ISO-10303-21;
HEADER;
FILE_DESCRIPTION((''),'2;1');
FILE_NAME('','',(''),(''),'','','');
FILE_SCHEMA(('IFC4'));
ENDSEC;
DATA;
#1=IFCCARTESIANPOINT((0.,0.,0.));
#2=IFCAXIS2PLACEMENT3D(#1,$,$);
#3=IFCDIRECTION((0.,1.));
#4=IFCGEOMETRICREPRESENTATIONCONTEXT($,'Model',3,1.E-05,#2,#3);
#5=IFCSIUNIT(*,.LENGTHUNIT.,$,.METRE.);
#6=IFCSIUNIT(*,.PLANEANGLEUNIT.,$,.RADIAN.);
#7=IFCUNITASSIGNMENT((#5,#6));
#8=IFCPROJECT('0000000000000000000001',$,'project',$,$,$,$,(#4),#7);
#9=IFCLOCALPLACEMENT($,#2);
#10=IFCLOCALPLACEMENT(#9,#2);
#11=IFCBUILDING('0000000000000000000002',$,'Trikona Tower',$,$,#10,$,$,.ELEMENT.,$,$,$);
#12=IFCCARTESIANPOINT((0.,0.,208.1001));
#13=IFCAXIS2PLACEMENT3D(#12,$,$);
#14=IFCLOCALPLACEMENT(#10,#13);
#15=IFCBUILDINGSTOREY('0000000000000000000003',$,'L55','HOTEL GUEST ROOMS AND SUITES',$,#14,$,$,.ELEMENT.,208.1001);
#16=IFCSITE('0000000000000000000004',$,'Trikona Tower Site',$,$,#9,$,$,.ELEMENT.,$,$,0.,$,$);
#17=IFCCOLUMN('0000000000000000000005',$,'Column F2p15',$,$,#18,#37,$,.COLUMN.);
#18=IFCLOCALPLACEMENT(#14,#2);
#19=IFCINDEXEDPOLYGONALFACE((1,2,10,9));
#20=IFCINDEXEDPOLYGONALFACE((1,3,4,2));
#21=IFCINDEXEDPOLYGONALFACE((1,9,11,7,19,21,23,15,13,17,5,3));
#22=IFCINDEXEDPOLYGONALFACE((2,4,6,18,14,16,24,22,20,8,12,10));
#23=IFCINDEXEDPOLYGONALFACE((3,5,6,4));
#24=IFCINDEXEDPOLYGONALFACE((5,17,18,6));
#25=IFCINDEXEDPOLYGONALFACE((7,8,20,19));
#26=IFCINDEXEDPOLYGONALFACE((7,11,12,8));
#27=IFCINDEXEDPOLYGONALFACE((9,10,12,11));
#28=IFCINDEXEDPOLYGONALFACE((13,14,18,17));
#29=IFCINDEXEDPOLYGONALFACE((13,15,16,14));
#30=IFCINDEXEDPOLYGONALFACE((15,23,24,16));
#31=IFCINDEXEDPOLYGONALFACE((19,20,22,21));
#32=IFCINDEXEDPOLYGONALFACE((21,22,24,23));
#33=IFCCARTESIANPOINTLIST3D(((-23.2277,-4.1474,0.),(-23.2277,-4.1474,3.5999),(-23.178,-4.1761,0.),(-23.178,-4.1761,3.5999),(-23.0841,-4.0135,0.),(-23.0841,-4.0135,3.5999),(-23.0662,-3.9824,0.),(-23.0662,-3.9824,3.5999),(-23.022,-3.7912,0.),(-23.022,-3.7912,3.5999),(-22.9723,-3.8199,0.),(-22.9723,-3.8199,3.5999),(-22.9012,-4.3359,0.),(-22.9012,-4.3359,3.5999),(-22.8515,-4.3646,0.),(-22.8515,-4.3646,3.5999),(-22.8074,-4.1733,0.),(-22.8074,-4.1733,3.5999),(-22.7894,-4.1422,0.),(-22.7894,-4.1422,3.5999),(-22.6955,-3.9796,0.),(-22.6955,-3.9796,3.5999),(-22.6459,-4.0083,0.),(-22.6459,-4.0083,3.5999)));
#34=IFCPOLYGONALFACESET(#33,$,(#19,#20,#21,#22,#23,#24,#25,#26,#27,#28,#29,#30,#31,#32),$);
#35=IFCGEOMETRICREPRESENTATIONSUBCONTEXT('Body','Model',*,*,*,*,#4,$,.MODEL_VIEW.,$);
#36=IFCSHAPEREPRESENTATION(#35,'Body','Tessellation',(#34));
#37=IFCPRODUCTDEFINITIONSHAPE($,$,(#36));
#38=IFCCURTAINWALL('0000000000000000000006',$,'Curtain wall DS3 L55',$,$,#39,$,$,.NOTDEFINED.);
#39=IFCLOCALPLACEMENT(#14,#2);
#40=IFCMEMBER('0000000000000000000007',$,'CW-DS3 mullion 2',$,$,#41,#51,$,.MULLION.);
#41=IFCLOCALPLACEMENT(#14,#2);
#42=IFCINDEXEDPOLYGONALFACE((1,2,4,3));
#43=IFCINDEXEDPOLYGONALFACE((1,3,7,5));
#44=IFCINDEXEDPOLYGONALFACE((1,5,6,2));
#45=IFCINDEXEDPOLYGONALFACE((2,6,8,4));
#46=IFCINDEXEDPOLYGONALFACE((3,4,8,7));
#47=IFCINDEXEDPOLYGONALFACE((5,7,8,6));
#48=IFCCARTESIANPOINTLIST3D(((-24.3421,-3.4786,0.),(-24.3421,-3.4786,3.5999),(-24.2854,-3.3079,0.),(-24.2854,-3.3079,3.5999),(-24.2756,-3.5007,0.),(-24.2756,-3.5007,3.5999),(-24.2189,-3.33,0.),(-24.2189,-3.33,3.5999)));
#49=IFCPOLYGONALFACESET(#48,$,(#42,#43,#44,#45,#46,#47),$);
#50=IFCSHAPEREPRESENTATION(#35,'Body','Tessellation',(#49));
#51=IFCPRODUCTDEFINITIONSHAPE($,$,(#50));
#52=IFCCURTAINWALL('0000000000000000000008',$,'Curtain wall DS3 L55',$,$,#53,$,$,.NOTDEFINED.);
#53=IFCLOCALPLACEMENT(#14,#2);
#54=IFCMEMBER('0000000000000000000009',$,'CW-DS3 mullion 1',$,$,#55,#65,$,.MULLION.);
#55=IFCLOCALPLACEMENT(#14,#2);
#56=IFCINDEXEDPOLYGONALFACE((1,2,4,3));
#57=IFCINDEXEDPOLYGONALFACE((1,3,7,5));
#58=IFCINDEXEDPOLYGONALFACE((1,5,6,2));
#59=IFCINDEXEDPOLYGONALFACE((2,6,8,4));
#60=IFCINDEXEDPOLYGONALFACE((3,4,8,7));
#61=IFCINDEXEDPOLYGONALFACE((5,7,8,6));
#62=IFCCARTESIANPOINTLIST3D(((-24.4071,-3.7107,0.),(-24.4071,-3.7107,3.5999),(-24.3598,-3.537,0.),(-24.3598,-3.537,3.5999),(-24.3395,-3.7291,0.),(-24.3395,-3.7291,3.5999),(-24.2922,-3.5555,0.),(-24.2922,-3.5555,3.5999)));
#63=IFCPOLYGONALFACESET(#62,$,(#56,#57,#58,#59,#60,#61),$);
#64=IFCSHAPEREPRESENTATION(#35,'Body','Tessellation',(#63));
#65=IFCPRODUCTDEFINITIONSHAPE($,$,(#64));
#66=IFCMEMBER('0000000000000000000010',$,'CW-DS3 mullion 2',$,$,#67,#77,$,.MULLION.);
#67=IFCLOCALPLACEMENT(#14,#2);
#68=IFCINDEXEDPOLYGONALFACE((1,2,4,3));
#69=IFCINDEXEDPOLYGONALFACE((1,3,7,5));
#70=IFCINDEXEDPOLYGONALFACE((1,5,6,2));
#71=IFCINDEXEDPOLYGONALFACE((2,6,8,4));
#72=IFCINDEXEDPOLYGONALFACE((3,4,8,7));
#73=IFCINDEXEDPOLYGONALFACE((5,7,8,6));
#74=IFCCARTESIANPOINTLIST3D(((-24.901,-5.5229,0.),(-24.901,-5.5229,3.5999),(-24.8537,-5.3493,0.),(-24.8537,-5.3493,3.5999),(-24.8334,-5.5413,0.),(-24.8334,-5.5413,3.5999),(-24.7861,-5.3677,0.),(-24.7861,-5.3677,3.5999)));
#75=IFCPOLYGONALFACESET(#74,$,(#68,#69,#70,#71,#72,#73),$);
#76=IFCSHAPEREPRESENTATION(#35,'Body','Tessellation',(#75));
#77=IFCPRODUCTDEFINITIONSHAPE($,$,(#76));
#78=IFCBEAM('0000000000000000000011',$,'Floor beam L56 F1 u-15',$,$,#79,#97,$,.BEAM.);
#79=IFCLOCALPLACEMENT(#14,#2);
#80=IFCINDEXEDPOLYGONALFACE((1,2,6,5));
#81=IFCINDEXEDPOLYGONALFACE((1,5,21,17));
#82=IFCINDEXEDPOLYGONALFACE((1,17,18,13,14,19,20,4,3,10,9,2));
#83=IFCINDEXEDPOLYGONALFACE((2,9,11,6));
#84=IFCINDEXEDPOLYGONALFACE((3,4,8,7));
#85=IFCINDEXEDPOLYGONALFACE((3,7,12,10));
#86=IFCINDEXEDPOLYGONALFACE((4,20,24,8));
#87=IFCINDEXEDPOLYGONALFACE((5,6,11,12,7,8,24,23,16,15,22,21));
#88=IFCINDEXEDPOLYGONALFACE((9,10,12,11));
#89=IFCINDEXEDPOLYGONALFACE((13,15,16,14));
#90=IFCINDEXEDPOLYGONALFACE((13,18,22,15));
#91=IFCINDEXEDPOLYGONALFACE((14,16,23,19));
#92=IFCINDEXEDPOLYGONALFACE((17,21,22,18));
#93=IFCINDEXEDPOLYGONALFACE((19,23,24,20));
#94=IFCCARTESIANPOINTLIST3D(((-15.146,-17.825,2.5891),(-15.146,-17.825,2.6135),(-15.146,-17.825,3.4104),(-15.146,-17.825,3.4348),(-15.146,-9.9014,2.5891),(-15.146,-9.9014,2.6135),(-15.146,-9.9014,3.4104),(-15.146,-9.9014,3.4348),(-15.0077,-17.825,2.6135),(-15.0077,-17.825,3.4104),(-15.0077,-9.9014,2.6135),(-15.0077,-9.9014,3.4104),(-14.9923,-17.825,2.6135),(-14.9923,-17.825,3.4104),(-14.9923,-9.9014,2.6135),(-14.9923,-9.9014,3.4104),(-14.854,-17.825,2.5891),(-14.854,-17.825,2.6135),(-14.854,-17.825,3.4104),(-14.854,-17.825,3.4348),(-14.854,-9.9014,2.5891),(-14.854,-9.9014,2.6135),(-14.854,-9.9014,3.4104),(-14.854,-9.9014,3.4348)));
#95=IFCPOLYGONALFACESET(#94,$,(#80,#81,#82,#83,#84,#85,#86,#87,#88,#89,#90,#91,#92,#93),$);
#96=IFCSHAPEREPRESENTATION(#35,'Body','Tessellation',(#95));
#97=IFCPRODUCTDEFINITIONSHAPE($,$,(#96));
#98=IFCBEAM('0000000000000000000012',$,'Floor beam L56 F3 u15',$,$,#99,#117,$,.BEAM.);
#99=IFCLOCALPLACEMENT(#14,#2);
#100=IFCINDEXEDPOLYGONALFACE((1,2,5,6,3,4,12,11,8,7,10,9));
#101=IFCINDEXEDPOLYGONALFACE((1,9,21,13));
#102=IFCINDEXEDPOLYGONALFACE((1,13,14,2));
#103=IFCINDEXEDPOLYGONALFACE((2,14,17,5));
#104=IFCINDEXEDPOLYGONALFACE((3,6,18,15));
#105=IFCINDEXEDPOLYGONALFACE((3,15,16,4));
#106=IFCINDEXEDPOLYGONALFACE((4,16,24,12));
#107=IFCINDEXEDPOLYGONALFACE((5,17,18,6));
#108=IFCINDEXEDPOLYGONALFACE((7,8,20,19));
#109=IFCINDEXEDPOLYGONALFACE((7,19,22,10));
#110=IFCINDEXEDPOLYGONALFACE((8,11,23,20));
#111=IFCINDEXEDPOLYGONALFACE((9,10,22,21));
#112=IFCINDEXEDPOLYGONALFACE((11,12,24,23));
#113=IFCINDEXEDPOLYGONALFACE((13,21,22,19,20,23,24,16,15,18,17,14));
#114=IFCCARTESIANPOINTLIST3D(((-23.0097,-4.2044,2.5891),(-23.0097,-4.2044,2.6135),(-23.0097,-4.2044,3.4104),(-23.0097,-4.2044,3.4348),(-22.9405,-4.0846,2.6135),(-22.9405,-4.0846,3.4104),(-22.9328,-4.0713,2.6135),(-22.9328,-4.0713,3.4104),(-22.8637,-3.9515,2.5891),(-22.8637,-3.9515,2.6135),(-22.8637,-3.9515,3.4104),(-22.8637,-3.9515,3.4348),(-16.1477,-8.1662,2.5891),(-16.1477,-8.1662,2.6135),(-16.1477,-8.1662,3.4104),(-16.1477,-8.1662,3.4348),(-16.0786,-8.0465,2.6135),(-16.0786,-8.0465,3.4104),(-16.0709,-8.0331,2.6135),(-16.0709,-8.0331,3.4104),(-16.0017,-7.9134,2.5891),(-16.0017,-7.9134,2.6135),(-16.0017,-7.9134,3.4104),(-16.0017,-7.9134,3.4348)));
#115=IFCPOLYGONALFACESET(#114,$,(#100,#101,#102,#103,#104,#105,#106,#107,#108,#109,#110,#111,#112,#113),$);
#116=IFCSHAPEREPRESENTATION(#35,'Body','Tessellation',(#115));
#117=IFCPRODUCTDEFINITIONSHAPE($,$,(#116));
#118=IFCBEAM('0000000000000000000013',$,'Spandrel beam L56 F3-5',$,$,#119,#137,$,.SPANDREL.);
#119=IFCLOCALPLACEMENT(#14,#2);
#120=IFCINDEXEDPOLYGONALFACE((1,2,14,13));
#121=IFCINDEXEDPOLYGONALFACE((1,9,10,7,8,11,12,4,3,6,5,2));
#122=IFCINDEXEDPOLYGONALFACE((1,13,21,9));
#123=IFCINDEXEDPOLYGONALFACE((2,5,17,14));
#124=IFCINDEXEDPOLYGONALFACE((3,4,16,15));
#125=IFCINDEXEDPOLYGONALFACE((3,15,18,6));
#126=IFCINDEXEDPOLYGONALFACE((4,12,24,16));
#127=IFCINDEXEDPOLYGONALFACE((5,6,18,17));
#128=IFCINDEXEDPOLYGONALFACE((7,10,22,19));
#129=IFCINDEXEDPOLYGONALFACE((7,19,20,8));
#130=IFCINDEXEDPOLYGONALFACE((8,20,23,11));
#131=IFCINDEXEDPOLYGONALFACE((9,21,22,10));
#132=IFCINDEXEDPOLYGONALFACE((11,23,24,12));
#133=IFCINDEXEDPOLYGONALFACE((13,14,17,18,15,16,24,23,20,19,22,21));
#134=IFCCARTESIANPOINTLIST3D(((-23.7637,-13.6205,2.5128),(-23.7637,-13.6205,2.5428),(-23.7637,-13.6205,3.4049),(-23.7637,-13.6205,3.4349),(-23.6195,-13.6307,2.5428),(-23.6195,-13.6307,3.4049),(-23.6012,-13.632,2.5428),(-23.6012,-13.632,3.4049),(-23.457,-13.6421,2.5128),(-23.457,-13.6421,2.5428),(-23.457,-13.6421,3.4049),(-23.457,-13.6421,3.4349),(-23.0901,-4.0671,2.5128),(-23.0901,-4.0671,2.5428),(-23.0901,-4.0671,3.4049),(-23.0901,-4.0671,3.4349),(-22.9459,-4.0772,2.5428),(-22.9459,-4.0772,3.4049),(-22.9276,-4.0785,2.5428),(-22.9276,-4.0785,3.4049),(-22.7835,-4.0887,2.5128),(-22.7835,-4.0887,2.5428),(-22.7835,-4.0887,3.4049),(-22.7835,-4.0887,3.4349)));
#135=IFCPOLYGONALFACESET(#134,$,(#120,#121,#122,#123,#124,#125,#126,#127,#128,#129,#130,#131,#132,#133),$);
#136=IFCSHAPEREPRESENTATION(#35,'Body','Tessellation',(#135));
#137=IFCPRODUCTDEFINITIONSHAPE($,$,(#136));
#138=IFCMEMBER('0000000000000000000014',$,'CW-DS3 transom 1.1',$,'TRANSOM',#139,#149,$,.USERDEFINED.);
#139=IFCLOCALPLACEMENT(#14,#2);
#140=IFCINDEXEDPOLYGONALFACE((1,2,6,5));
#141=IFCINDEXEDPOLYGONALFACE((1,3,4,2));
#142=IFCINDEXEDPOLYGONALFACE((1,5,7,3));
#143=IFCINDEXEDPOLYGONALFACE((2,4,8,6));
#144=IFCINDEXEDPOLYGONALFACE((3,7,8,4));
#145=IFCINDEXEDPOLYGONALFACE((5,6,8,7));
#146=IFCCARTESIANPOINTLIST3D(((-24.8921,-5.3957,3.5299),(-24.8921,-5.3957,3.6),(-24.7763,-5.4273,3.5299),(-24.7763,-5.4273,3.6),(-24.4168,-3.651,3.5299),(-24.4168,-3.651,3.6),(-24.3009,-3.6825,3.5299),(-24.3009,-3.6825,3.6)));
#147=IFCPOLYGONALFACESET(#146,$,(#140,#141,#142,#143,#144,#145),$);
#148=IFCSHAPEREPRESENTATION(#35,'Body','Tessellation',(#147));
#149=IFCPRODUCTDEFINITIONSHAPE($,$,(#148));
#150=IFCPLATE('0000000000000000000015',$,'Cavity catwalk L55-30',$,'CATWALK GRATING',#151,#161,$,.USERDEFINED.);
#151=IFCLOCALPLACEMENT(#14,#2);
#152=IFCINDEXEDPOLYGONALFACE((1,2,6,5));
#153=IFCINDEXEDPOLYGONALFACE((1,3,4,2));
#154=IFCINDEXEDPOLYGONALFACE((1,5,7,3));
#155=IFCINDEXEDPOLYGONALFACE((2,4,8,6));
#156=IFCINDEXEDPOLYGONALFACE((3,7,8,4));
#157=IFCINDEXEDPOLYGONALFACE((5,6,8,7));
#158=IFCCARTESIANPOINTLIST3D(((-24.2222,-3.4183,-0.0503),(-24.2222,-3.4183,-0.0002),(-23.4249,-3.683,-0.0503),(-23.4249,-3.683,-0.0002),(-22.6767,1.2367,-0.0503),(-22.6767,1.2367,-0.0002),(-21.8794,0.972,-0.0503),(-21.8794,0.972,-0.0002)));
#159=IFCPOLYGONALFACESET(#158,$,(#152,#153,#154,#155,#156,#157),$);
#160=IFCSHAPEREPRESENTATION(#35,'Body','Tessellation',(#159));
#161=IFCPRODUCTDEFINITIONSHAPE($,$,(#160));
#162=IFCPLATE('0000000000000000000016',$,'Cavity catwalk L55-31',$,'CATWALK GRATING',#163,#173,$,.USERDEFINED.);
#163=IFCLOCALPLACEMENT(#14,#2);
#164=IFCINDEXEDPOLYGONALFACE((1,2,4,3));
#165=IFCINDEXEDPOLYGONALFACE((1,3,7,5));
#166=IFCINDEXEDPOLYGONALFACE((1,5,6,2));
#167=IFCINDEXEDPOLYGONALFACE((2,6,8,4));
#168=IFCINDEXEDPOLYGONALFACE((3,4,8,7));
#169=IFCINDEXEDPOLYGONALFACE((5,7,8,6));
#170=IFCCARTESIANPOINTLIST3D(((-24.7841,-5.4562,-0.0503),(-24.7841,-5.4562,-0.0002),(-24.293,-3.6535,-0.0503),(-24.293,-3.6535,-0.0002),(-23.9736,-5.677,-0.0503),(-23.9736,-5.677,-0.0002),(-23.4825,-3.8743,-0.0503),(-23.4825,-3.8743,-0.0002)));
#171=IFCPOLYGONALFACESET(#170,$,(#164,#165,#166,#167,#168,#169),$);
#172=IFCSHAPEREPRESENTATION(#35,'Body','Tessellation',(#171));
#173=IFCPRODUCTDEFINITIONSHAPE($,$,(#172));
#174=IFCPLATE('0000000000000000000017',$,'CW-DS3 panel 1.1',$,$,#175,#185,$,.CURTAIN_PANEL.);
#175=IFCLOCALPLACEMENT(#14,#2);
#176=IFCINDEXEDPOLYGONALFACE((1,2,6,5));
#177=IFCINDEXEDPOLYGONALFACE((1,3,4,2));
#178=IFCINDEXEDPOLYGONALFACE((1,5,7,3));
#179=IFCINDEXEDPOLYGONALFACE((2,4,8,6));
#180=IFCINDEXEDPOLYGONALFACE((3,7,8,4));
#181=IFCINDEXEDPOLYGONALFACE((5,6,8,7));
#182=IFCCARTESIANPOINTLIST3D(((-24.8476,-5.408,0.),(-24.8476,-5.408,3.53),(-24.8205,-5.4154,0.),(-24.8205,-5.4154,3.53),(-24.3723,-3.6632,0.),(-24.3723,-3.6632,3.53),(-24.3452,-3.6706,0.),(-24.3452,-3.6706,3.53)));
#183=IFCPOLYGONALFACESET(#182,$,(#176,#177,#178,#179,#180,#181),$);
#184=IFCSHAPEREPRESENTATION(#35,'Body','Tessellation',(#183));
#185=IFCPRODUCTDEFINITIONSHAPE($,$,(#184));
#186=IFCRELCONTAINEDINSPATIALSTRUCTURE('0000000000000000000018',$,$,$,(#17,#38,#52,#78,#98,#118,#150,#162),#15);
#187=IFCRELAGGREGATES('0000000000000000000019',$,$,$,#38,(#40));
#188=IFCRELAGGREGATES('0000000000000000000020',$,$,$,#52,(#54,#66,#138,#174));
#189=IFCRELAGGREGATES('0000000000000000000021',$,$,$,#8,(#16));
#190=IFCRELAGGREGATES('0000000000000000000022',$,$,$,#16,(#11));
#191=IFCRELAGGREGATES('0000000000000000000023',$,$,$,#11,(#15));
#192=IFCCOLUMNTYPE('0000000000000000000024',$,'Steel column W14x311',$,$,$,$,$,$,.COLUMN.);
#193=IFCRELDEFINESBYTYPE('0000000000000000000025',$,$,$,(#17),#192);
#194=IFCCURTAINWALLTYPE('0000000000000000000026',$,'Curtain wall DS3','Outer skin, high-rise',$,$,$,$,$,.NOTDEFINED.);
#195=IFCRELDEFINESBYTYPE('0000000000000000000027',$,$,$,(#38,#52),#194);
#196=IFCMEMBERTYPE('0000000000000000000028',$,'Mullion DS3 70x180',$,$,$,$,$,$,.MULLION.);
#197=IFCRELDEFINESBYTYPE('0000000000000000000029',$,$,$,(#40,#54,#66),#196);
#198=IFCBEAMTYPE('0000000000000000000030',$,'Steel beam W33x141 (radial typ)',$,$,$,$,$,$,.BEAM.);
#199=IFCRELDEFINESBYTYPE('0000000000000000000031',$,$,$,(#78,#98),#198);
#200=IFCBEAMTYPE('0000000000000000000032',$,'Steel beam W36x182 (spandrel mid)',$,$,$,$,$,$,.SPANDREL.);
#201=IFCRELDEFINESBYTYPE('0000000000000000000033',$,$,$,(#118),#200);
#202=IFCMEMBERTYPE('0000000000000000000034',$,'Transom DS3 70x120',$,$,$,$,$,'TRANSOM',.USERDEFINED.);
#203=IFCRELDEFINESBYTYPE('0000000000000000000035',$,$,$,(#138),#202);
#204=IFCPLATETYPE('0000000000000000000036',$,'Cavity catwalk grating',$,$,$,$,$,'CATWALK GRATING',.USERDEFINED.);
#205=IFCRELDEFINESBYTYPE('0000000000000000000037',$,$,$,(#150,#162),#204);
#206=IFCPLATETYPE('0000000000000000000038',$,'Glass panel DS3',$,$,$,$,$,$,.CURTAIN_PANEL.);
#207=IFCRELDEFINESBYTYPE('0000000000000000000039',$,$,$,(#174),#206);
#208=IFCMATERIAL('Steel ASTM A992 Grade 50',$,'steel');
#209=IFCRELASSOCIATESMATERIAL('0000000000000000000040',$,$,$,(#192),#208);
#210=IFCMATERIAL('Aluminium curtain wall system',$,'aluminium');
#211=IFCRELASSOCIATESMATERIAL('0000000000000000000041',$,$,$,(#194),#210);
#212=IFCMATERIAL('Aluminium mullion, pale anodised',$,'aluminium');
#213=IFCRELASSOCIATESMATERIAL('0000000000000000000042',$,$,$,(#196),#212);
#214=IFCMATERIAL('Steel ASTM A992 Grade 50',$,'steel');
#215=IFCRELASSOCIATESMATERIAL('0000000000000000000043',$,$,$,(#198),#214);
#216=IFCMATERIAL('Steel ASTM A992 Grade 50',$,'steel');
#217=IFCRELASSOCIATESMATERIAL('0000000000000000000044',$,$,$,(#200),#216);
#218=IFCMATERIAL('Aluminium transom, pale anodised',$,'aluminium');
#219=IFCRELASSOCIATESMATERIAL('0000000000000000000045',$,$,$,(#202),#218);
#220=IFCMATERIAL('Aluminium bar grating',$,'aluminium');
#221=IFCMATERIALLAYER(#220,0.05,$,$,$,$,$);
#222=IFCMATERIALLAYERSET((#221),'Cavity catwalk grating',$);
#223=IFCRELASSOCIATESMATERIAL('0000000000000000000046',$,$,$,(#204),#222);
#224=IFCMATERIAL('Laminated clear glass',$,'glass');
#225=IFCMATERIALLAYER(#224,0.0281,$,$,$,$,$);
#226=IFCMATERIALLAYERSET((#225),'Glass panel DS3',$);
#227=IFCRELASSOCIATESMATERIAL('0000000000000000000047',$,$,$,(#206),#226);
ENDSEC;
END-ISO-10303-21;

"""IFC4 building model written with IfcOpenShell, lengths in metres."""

from ifc_helpers import new_model, si_unit, direction, frame, origin, origin_2d, place, context, subcontext, project, spatial, rectangle, i_section, extrude, material, layer, layer_set, material_profile, profile_set, type_object, element, aggregate, save


model = new_model("IFC4")

# Units and contexts
model_context = context("Model", 3, precision=1e-05, world=origin(), true_north=direction((0.0, 1.0)))
body_context = subcontext(model_context, "Body", "Model", "MODEL_VIEW")
ifc_project = project(units=[si_unit("LENGTHUNIT", "METRE"), si_unit("PLANEANGLEUNIT", "RADIAN")], contexts=[model_context])

# Site, building, storey
site_placement = place(None, origin())
site = spatial("IfcSite", under=ifc_project, at=site_placement, Name="Trikona Tower Site", CompositionType="ELEMENT", RefElevation=0.0)
building_placement = place(site_placement, origin())
building = spatial("IfcBuilding", under=site, at=building_placement, Name="Trikona Tower", CompositionType="ELEMENT")
storey_placement = place(building_placement, frame((0.0, 0.0, 208.1001)))
storey = spatial("IfcBuildingStorey", under=building, at=storey_placement, Name="L55", Description="HOTEL GUEST ROOMS AND SUITES", CompositionType="ELEMENT", Elevation=208.1001)

# Column
ifc_material_1 = material(Name="Steel ASTM A992 Grade 50", Category="steel")
ifc_material_profile_1 = material_profile(ifc_material_1, i_section(OverallWidth=0.4114, OverallDepth=0.4343, WebThickness=0.0359, FlangeThickness=0.0574, at=origin_2d()), Name="W14X311")
ifc_profile_set_1 = profile_set([ifc_material_profile_1], Name="Steel ASTM A992 Grade 50")
column_type = type_object("IfcColumnType", Name="Steel column W14x311", PredefinedType="COLUMN", material=ifc_profile_set_1)
column_placement = place(storey_placement, frame((-22.9368, -4.0779, 0.0), z_axis=(0.0, 0.0, 1.0), x_axis=(-0.5, -0.866025, 0.0)))
element("IfcColumn", 1, at=column_placement, inside=storey, type_object=column_type, Name="Column F2p15", PredefinedType="COLUMN", context=body_context, shape_type="SweptSolid", body=[
    extrude(i_section(OverallWidth=0.4114, OverallDepth=0.4343, WebThickness=0.0359, FlangeThickness=0.0574, at=origin_2d()), origin(), (0.0, 0.0, 1.0), 3.5999),
])

# Curtain wall, member
ifc_material_2 = material(Name="Aluminium curtain wall system", Category="aluminium")
curtain_wall_type = type_object("IfcCurtainWallType", Name="Curtain wall DS3", Description="Outer skin, high-rise", PredefinedType="NOTDEFINED", material=ifc_material_2)
curtain_wall_1_placement = place(storey_placement, origin())
curtain_wall_1 = element("IfcCurtainWall", 2, at=curtain_wall_1_placement, inside=storey, type_object=curtain_wall_type, Name="Curtain wall DS3 L55", PredefinedType="NOTDEFINED")
ifc_material_3 = material(Name="Aluminium mullion, pale anodised", Category="aluminium")
ifc_material_profile_2 = material_profile(ifc_material_3, rectangle(XDim=0.0701, YDim=0.1799, at=origin_2d()), Name="MUL-DS3")
ifc_profile_set_2 = profile_set([ifc_material_profile_2], Name="Aluminium mullion, pale anodised")
member_type_1 = type_object("IfcMemberType", Name="Mullion DS3 70x180", PredefinedType="MULLION", material=ifc_profile_set_2)
member_1_placement = place(storey_placement, frame((-24.2805, -3.4043, 0.0), z_axis=(0.0, 0.0, 1.0), x_axis=(0.949066, -0.315078, 0.0)))
member_1 = element("IfcMember", 3, at=member_1_placement, type_object=member_type_1, Name="CW-DS3 mullion 2", PredefinedType="MULLION", context=body_context, shape_type="SweptSolid", body=[
    extrude(rectangle(XDim=0.0701, YDim=0.1799, at=origin_2d()), origin(), (0.0, 0.0, 1.0), 3.5999),
])
aggregate(curtain_wall_1, [member_1])

# Curtain wall, members
curtain_wall_2_placement = place(storey_placement, origin())
curtain_wall_2 = element("IfcCurtainWall", 4, at=curtain_wall_2_placement, inside=storey, type_object=curtain_wall_type, Name="Curtain wall DS3 L55", PredefinedType="NOTDEFINED")
member_2_placement = place(storey_placement, frame((-24.3496, -3.6331, 0.0), z_axis=(0.0, 0.0, 1.0), x_axis=(0.964838, -0.262844, 0.0)))
member_2 = element("IfcMember", 5, at=member_2_placement, type_object=member_type_1, Name="CW-DS3 mullion 1", PredefinedType="MULLION", context=body_context, shape_type="SweptSolid", body=[
    extrude(rectangle(XDim=0.0701, YDim=0.1799, at=origin_2d()), origin(), (0.0, 0.0, 1.0), 3.5999),
])
member_3_placement = place(storey_placement, frame((-24.8435, -5.4453, 0.0), z_axis=(0.0, 0.0, 1.0), x_axis=(0.964838, -0.262844, 0.0)))
member_3 = element("IfcMember", 6, at=member_3_placement, type_object=member_type_1, Name="CW-DS3 mullion 2", PredefinedType="MULLION", context=body_context, shape_type="SweptSolid", body=[
    extrude(rectangle(XDim=0.0701, YDim=0.1799, at=origin_2d()), origin(), (0.0, 0.0, 1.0), 3.5999),
])

# Beams
ifc_material_4 = material(Name="Steel ASTM A992 Grade 50", Category="steel")
ifc_material_profile_3 = material_profile(ifc_material_4, i_section(OverallWidth=0.292, OverallDepth=0.8457, WebThickness=0.0154, FlangeThickness=0.0244, at=origin_2d()), Name="W33X141")
ifc_profile_set_3 = profile_set([ifc_material_profile_3], Name="Steel ASTM A992 Grade 50")
beam_type_1 = type_object("IfcBeamType", Name="Steel beam W33x141 (radial typ)", PredefinedType="BEAM", material=ifc_profile_set_3)
for number, where, z_axis, x_axis, name in (
    (7, (-15.0, -9.9014, 3.012), (0.0, -1.0, 0.0), (1.0, 0.0, 0.0), "Floor beam L56 F1 u-15"),
    (8, (-16.0747, -8.0398, 3.012), (-0.86602, 0.50001, 0.0), (-0.50001, -0.86602, 0.0), "Floor beam L56 F3 u15"),
):
    element("IfcBeam", number, at=place(storey_placement, frame(where, z_axis=z_axis, x_axis=x_axis)), inside=storey, type_object=beam_type_1, Name=name, PredefinedType="BEAM", context=body_context, shape_type="SweptSolid", body=[
        extrude(i_section(OverallWidth=0.292, OverallDepth=0.8457, WebThickness=0.0154, FlangeThickness=0.0244, at=origin_2d()), origin(), (0.0, 0.0, 1.0), 7.9236),
    ])
ifc_material_5 = material(Name="Steel ASTM A992 Grade 50", Category="steel")
ifc_material_profile_4 = material_profile(ifc_material_5, i_section(OverallWidth=0.3074, OverallDepth=0.9221, WebThickness=0.0183, FlangeThickness=0.03, at=origin_2d()), Name="W36X182")
ifc_profile_set_4 = profile_set([ifc_material_profile_4], Name="Steel ASTM A992 Grade 50")
beam_type_2 = type_object("IfcBeamType", Name="Steel beam W36x182 (spandrel mid)", PredefinedType="SPANDREL", material=ifc_profile_set_4)
beam_placement = place(storey_placement, frame((-22.9368, -4.0779, 2.9739), z_axis=(-0.070332, -0.997524, 0.0), x_axis=(0.997524, -0.070332, 0.0)))
element("IfcBeam", 9, at=beam_placement, inside=storey, type_object=beam_type_2, Name="Spandrel beam L56 F3-5", PredefinedType="SPANDREL", context=body_context, shape_type="SweptSolid", body=[
    extrude(i_section(OverallWidth=0.3074, OverallDepth=0.9221, WebThickness=0.0183, FlangeThickness=0.03, at=origin_2d()), origin(), (0.0, 0.0, 1.0), 9.5771),
])

# Member
ifc_material_6 = material(Name="Aluminium transom, pale anodised", Category="aluminium")
ifc_material_profile_5 = material_profile(ifc_material_6, rectangle(XDim=0.1201, YDim=0.0701, at=origin_2d()), Name="TRN-DS3")
ifc_profile_set_5 = profile_set([ifc_material_profile_5], Name="Aluminium transom, pale anodised")
member_type_2 = type_object("IfcMemberType", Name="Transom DS3 70x120", ElementType="TRANSOM", PredefinedType="USERDEFINED", material=ifc_profile_set_5)
member_4_placement = place(storey_placement, frame((-24.3589, -3.6667, 3.5649), z_axis=(-0.262843, -0.964839, 0.0), x_axis=(0.964839, -0.262843, 0.0)))
member_4 = element("IfcMember", 10, at=member_4_placement, type_object=member_type_2, Name="CW-DS3 transom 1.1", ObjectType="TRANSOM", PredefinedType="USERDEFINED", context=body_context, shape_type="SweptSolid", body=[
    extrude(rectangle(XDim=0.1201, YDim=0.0701, at=origin_2d()), origin(), (0.0, 0.0, 1.0), 1.8083),
])

# Plates
ifc_material_7 = material(Name="Aluminium bar grating", Category="aluminium")
ifc_layer_1 = layer(ifc_material_7, 0.05)
ifc_layer_set_1 = layer_set([ifc_layer_1], Name="Cavity catwalk grating")
plate_type_1 = type_object("IfcPlateType", Name="Cavity catwalk grating", ElementType="CATWALK GRATING", PredefinedType="USERDEFINED", material=ifc_layer_set_1)
plate_1_placement = place(storey_placement, frame((-23.0508, -1.2231, -0.0503), z_axis=(0.0, 0.0, 1.0), x_axis=(-0.315093, -0.949061, 0.0)))
element("IfcPlate", 11, at=plate_1_placement, inside=storey, type_object=plate_type_1, Name="Cavity catwalk L55-30", ObjectType="CATWALK GRATING", PredefinedType="USERDEFINED", context=body_context, shape_type="SweptSolid", body=[
    extrude(rectangle(XDim=4.9048, YDim=0.8401, at=origin_2d()), origin(), (0.0, 0.0, 1.0), 0.05),
])
plate_2_placement = place(storey_placement, frame((-24.1333, -4.6653, -0.0503), z_axis=(0.0, 0.0, 1.0), x_axis=(-0.262822, -0.964844, 0.0)))
element("IfcPlate", 12, at=plate_2_placement, inside=storey, type_object=plate_type_1, Name="Cavity catwalk L55-31", ObjectType="CATWALK GRATING", PredefinedType="USERDEFINED", context=body_context, shape_type="SweptSolid", body=[
    extrude(rectangle(XDim=1.8684, YDim=0.8401, at=origin_2d()), origin(), (0.0, 0.0, 1.0), 0.05),
])

# Plate
ifc_material_8 = material(Name="Laminated clear glass", Category="glass")
ifc_layer_2 = layer(ifc_material_8, 0.0281)
ifc_layer_set_2 = layer_set([ifc_layer_2], Name="Glass panel DS3")
plate_type_2 = type_object("IfcPlateType", Name="Glass panel DS3", PredefinedType="CURTAIN_PANEL", material=ifc_layer_set_2)
plate_3_placement = place(storey_placement, frame((-24.5964, -4.5393, 0.0), z_axis=(0.0, 0.0, 1.0), x_axis=(-0.262844, -0.964838, 0.0)))
plate_3 = element("IfcPlate", 13, at=plate_3_placement, type_object=plate_type_2, Name="CW-DS3 panel 1.1", PredefinedType="CURTAIN_PANEL", context=body_context, shape_type="SweptSolid", body=[
    extrude(rectangle(XDim=1.8083, YDim=0.0281, at=origin_2d()), origin(), (0.0, 0.0, 1.0), 3.53),
])
aggregate(curtain_wall_2, [member_2, member_3, member_4, plate_3])

save(model, "model.ifc")
